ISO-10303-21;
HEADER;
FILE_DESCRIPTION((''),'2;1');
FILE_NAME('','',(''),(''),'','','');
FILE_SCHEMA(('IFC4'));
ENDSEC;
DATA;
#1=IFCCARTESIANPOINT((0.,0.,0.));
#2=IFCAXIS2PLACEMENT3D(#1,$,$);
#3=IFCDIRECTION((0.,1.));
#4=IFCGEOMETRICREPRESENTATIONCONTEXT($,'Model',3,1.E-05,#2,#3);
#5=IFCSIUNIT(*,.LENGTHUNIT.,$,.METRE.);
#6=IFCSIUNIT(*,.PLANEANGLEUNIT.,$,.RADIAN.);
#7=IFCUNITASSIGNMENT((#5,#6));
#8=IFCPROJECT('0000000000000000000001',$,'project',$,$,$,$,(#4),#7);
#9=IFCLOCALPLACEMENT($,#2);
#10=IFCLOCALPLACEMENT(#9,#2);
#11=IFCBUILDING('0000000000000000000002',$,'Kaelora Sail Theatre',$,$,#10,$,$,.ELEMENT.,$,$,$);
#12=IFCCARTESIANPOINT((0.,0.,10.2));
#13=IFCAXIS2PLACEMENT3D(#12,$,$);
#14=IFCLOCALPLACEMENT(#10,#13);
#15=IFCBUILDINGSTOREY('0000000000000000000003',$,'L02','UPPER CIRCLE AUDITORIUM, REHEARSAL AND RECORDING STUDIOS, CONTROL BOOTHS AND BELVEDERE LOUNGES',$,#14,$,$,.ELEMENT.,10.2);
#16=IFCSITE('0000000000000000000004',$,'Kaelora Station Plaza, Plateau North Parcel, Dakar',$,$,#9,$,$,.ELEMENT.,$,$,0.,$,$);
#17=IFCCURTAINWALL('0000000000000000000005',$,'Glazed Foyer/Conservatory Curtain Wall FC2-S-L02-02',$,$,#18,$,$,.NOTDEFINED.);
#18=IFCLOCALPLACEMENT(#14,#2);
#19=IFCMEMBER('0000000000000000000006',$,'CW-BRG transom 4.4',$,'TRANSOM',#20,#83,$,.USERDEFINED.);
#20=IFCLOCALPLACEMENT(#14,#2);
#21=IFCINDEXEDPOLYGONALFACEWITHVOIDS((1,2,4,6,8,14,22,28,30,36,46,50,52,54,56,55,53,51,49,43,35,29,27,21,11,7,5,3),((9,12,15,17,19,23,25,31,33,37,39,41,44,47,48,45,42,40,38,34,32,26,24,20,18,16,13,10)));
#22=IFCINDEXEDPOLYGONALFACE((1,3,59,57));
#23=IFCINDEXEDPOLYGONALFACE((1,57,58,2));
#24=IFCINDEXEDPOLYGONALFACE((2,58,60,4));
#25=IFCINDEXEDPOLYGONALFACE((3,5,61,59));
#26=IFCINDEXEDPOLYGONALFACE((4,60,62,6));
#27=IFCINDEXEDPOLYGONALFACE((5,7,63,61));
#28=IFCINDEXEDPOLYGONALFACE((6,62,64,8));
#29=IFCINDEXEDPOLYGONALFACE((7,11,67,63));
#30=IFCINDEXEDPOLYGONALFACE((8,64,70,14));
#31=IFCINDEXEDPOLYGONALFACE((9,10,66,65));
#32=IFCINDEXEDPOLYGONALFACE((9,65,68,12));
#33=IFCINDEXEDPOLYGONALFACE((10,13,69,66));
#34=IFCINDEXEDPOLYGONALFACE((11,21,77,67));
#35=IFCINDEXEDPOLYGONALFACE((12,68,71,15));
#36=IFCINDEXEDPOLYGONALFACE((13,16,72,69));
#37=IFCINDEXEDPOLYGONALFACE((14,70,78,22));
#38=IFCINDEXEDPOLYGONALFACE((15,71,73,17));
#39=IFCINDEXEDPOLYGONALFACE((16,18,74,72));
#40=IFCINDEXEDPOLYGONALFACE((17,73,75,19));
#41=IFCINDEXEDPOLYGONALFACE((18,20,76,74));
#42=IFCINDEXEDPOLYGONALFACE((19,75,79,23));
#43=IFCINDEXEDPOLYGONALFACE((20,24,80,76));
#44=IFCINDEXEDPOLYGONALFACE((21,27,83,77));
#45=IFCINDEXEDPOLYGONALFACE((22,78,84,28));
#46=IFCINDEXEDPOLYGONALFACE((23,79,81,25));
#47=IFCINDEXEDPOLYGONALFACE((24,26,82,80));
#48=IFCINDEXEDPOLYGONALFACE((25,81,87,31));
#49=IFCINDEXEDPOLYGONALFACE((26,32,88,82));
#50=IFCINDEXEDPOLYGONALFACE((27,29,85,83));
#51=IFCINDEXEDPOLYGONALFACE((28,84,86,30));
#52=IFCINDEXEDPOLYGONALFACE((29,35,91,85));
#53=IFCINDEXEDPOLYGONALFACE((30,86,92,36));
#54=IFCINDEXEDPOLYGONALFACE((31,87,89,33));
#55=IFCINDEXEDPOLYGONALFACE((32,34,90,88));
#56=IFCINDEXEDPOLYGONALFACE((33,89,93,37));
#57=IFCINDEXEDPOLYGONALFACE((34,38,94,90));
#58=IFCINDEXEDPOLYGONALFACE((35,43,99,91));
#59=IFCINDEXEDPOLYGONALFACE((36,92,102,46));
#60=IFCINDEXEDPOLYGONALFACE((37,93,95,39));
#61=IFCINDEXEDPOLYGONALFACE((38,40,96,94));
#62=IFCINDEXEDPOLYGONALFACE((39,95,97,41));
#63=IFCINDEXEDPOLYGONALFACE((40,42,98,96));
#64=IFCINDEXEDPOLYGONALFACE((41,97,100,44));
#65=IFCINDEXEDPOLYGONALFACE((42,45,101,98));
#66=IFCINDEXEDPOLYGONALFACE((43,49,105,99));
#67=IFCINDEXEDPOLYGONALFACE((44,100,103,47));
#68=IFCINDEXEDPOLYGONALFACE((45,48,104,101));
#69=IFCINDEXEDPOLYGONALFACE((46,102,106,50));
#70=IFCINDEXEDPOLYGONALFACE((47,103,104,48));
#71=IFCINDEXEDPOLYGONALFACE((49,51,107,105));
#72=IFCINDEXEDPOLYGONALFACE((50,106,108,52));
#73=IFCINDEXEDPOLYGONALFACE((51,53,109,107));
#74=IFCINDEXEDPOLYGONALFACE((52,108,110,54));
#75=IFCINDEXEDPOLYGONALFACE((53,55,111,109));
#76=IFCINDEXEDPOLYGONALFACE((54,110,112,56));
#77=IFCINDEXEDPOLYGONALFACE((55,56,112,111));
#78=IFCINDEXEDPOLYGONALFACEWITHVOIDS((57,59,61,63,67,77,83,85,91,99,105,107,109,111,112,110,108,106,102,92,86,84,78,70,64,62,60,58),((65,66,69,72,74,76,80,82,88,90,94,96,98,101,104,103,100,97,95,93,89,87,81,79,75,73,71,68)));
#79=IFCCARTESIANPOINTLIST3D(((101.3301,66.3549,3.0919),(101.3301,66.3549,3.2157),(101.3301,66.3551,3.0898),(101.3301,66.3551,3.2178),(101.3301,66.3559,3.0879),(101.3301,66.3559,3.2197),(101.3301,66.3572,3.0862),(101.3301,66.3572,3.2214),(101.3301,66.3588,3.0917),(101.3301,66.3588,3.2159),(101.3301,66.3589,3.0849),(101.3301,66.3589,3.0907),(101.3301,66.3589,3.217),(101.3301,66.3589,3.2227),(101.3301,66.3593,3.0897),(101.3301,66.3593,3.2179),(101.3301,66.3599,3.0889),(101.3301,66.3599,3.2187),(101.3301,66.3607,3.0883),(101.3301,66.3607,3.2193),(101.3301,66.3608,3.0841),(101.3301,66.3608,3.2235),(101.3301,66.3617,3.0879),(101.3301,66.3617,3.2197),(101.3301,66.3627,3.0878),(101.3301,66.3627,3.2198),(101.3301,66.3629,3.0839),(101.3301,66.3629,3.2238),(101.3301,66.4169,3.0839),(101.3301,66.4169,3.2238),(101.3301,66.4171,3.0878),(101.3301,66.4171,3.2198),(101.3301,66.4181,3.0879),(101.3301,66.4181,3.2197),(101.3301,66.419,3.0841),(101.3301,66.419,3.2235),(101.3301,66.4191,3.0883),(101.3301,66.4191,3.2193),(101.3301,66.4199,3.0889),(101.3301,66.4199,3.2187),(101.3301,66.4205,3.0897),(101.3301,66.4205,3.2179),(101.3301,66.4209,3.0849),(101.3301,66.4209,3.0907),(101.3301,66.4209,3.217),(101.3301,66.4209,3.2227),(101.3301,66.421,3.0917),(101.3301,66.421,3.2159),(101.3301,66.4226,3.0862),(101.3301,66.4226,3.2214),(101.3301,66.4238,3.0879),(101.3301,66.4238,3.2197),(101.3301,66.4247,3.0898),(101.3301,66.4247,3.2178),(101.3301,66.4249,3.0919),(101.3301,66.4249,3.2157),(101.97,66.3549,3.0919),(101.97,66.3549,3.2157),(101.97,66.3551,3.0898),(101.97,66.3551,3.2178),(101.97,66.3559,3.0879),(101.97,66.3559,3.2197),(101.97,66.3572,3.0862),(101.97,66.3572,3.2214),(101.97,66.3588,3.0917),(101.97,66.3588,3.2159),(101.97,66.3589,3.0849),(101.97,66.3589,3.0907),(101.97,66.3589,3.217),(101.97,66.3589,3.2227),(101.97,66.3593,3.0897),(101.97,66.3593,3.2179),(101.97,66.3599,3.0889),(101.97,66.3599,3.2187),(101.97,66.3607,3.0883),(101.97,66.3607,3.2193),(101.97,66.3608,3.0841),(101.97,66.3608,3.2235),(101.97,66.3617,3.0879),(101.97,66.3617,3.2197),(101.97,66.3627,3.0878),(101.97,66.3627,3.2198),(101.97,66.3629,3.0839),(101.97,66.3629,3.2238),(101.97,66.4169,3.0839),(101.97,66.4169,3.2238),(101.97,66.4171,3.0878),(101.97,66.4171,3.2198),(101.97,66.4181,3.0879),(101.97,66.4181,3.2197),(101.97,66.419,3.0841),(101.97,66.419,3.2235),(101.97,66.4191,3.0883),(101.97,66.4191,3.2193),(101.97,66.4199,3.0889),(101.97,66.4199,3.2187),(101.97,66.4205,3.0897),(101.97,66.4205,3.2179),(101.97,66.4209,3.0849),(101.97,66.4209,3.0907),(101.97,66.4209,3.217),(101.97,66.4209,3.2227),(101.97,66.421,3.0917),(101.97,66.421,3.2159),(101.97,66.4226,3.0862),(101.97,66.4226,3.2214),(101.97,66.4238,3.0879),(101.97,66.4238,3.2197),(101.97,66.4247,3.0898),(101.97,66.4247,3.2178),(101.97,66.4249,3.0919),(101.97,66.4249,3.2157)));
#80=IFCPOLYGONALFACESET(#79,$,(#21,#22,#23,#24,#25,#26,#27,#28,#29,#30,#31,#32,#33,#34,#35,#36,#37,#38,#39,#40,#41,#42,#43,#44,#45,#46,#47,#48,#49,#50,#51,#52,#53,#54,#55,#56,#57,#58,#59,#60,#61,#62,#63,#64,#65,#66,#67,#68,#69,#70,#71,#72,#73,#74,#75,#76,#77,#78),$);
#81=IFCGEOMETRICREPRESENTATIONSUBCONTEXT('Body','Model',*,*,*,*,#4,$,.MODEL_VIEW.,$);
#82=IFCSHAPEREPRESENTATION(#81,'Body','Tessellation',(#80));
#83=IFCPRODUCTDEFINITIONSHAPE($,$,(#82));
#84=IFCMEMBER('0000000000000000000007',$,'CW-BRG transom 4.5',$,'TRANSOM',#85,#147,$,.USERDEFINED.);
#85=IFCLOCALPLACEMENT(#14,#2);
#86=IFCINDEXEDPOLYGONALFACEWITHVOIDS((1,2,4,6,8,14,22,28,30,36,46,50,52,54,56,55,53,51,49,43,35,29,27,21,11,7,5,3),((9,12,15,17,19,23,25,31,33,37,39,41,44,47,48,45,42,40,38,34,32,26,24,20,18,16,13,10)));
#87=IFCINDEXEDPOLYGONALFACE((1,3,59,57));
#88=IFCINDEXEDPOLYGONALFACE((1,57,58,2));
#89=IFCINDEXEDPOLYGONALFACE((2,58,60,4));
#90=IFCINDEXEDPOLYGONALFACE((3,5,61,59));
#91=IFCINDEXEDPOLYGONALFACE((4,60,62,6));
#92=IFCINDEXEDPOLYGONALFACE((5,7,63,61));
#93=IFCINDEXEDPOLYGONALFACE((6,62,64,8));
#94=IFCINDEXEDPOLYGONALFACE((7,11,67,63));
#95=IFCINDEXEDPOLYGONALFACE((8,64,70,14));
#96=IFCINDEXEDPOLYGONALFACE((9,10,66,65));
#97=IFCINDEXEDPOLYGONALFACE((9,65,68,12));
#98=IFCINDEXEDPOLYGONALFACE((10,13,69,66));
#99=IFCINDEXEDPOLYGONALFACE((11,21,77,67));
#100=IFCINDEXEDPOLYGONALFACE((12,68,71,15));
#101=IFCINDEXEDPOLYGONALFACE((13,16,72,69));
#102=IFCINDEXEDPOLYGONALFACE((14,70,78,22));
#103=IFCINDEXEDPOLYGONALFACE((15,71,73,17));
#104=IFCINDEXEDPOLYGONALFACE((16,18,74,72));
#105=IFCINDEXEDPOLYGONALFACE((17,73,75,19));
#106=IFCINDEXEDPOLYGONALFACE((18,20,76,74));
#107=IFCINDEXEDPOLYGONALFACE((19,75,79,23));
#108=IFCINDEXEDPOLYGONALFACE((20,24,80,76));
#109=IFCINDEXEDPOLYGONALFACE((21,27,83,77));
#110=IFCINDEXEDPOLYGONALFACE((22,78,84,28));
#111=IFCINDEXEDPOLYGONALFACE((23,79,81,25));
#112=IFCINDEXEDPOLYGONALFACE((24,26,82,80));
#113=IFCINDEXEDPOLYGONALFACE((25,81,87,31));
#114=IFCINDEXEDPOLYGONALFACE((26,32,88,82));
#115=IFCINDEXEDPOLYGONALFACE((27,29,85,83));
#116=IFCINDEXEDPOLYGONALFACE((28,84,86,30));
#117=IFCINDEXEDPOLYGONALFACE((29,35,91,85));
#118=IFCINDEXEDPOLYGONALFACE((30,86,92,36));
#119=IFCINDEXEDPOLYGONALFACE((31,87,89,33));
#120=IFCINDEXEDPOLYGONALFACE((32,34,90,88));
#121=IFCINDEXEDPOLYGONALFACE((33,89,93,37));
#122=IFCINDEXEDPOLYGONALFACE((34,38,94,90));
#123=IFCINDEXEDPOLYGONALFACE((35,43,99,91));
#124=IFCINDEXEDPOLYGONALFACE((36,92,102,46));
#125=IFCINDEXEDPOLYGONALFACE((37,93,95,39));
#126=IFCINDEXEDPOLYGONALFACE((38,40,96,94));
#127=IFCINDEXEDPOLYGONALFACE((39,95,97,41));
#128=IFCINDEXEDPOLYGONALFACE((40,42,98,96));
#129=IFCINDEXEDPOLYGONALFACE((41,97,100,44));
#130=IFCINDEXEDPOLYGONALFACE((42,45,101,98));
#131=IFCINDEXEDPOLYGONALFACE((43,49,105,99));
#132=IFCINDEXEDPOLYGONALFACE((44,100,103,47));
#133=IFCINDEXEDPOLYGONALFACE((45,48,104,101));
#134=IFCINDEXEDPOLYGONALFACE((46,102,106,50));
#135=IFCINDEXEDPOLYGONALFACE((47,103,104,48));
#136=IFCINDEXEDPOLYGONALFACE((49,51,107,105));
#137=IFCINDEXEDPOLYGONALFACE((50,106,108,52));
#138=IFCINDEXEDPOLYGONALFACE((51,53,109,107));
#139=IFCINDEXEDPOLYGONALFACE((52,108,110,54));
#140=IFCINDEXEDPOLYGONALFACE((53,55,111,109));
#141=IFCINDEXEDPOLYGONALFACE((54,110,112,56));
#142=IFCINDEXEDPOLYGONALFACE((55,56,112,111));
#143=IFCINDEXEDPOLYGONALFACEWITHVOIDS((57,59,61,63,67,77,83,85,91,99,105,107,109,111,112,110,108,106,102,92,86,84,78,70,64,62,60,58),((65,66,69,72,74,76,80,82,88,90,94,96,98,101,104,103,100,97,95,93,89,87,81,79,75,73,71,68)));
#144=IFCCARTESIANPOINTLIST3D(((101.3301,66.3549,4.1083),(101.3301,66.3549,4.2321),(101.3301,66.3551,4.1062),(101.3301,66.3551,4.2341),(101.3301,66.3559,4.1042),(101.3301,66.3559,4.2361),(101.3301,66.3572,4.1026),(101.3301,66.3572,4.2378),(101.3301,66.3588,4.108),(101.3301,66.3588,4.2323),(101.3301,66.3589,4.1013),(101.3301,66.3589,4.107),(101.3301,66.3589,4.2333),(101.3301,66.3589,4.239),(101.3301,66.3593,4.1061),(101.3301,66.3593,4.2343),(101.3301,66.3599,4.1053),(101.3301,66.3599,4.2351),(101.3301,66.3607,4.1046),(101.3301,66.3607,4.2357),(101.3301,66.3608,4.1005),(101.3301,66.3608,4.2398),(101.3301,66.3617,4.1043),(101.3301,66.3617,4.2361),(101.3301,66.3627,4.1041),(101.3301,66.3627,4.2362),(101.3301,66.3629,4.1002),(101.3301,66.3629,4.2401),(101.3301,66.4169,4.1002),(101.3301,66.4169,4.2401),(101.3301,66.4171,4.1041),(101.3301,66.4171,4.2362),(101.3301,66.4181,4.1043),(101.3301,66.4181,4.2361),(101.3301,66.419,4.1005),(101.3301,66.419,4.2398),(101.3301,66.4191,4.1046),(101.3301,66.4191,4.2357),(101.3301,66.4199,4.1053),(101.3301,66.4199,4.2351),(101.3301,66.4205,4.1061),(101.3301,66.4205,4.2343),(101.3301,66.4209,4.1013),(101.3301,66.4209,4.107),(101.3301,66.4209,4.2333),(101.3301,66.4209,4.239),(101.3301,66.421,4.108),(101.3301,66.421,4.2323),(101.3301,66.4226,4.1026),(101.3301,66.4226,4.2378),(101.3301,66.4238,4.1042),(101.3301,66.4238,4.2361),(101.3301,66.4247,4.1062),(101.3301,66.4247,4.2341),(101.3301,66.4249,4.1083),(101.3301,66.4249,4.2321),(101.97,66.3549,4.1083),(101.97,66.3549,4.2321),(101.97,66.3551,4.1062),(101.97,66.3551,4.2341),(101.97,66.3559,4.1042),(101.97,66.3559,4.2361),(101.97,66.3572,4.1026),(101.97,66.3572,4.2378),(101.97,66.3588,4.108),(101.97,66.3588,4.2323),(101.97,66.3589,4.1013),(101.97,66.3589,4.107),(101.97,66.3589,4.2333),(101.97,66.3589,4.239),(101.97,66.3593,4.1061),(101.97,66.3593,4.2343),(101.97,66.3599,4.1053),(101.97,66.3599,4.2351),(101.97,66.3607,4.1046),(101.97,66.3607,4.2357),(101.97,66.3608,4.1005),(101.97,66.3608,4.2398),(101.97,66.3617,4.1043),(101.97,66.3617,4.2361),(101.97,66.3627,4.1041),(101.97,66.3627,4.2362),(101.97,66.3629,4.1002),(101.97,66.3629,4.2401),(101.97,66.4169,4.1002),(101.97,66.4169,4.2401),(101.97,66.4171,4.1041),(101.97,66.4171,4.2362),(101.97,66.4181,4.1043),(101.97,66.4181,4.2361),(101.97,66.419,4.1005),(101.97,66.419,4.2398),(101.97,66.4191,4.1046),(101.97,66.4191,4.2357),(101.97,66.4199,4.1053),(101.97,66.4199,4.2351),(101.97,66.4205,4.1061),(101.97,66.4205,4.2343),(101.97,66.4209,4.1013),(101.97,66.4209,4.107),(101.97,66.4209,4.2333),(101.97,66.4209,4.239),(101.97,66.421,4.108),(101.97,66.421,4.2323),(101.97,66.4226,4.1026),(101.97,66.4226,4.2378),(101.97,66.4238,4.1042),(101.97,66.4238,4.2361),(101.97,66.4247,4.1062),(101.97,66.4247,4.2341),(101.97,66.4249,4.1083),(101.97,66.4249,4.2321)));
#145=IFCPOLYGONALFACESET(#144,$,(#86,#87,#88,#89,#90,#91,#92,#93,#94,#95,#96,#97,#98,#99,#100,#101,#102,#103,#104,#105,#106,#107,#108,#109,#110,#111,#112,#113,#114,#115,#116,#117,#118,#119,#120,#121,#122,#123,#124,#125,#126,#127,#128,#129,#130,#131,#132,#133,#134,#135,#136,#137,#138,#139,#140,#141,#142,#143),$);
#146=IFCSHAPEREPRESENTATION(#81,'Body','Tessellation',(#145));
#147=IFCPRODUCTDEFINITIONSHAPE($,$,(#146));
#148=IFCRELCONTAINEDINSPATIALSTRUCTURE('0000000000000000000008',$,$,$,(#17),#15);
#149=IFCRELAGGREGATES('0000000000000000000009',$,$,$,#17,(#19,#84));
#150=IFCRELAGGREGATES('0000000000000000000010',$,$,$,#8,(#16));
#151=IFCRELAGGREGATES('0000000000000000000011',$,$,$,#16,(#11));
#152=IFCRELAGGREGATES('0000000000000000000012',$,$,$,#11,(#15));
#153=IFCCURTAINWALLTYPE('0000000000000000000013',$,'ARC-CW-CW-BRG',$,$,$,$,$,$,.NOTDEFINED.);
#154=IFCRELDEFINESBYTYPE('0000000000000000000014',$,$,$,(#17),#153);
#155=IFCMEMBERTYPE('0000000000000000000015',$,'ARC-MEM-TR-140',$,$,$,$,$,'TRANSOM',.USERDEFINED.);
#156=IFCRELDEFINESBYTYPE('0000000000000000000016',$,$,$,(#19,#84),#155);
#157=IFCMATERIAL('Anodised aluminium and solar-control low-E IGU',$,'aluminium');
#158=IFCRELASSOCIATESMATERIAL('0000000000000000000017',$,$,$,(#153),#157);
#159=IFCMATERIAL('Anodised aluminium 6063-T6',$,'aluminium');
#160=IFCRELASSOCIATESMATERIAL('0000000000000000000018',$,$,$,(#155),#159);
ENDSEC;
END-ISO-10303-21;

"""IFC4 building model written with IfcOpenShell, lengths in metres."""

from ifc_helpers import new_model, si_unit, direction, frame, origin, origin_2d, place, context, subcontext, project, spatial, hollow_rectangle, extrude, material, material_profile, profile_set, type_object, element, aggregate, save


model = new_model("IFC4")

# Units and contexts
model_context = context("Model", 3, precision=1e-05, world=origin(), true_north=direction((0.0, 1.0)))
body_context = subcontext(model_context, "Body", "Model", "MODEL_VIEW")
ifc_project = project(units=[si_unit("LENGTHUNIT", "METRE"), si_unit("PLANEANGLEUNIT", "RADIAN")], contexts=[model_context])

# Site, building, storey
site_placement = place(None, origin())
site = spatial("IfcSite", under=ifc_project, at=site_placement, Name="Kaelora Station Plaza, Plateau North Parcel, Dakar", CompositionType="ELEMENT", RefElevation=0.0)
building_placement = place(site_placement, origin())
building = spatial("IfcBuilding", under=site, at=building_placement, Name="Kaelora Sail Theatre", CompositionType="ELEMENT")
storey_placement = place(building_placement, frame((0.0, 0.0, 10.2)))
storey = spatial("IfcBuildingStorey", under=building, at=storey_placement, Name="L02", Description="UPPER CIRCLE AUDITORIUM, REHEARSAL AND RECORDING STUDIOS, CONTROL BOOTHS AND BELVEDERE LOUNGES", CompositionType="ELEMENT", Elevation=10.2)

# Curtain wall, members
ifc_material_1 = material(Name="Anodised aluminium and solar-control low-E IGU", Category="aluminium")
curtain_wall_type = type_object("IfcCurtainWallType", Name="ARC-CW-CW-BRG", PredefinedType="NOTDEFINED", material=ifc_material_1)
curtain_wall_placement = place(storey_placement, origin())
curtain_wall = element("IfcCurtainWall", 1, at=curtain_wall_placement, inside=storey, type_object=curtain_wall_type, Name="Glazed Foyer/Conservatory Curtain Wall FC2-S-L02-02", PredefinedType="NOTDEFINED")
ifc_material_2 = material(Name="Anodised aluminium 6063-T6", Category="aluminium")
ifc_material_profile_1 = material_profile(ifc_material_2, hollow_rectangle(XDim=0.0701, YDim=0.1399, WallThickness=0.0039, InnerFilletRadius=0.0039, OuterFilletRadius=0.0081, at=origin_2d()), Name="ALU-TRAN 70x140x4")
ifc_profile_set_1 = profile_set([ifc_material_profile_1], Name="Anodised aluminium 6063-T6")
member_type_1 = type_object("IfcMemberType", Name="ARC-MEM-TR-140", ElementType="TRANSOM", PredefinedType="USERDEFINED", material=ifc_profile_set_1)
member_1_placement = place(storey_placement, frame((101.3301, 66.3899, 3.1538), z_axis=(1.0, 0.0, 0.0), x_axis=(0.0, 1.0, 0.0)))
member_1 = element("IfcMember", 2, at=member_1_placement, type_object=member_type_1, Name="CW-BRG transom 4.4", ObjectType="TRANSOM", PredefinedType="USERDEFINED", context=body_context, shape_type="SweptSolid", body=[
    extrude(hollow_rectangle(XDim=0.0701, YDim=0.1399, WallThickness=0.0039, InnerFilletRadius=0.0039, OuterFilletRadius=0.0081, at=origin_2d()), origin(), (0.0, 0.0, 1.0), 0.6399),
])
member_2_placement = place(storey_placement, frame((101.3301, 66.3899, 4.1702), z_axis=(1.0, 0.0, 0.0), x_axis=(0.0, 1.0, 0.0)))
member_2 = element("IfcMember", 3, at=member_2_placement, type_object=member_type_1, Name="CW-BRG transom 4.5", ObjectType="TRANSOM", PredefinedType="USERDEFINED", context=body_context, shape_type="SweptSolid", body=[
    extrude(hollow_rectangle(XDim=0.0701, YDim=0.1399, WallThickness=0.0039, InnerFilletRadius=0.0039, OuterFilletRadius=0.0081, at=origin_2d()), origin(), (0.0, 0.0, 1.0), 0.6399),
])
aggregate(curtain_wall, [member_1, member_2])

save(model, "model.ifc")
